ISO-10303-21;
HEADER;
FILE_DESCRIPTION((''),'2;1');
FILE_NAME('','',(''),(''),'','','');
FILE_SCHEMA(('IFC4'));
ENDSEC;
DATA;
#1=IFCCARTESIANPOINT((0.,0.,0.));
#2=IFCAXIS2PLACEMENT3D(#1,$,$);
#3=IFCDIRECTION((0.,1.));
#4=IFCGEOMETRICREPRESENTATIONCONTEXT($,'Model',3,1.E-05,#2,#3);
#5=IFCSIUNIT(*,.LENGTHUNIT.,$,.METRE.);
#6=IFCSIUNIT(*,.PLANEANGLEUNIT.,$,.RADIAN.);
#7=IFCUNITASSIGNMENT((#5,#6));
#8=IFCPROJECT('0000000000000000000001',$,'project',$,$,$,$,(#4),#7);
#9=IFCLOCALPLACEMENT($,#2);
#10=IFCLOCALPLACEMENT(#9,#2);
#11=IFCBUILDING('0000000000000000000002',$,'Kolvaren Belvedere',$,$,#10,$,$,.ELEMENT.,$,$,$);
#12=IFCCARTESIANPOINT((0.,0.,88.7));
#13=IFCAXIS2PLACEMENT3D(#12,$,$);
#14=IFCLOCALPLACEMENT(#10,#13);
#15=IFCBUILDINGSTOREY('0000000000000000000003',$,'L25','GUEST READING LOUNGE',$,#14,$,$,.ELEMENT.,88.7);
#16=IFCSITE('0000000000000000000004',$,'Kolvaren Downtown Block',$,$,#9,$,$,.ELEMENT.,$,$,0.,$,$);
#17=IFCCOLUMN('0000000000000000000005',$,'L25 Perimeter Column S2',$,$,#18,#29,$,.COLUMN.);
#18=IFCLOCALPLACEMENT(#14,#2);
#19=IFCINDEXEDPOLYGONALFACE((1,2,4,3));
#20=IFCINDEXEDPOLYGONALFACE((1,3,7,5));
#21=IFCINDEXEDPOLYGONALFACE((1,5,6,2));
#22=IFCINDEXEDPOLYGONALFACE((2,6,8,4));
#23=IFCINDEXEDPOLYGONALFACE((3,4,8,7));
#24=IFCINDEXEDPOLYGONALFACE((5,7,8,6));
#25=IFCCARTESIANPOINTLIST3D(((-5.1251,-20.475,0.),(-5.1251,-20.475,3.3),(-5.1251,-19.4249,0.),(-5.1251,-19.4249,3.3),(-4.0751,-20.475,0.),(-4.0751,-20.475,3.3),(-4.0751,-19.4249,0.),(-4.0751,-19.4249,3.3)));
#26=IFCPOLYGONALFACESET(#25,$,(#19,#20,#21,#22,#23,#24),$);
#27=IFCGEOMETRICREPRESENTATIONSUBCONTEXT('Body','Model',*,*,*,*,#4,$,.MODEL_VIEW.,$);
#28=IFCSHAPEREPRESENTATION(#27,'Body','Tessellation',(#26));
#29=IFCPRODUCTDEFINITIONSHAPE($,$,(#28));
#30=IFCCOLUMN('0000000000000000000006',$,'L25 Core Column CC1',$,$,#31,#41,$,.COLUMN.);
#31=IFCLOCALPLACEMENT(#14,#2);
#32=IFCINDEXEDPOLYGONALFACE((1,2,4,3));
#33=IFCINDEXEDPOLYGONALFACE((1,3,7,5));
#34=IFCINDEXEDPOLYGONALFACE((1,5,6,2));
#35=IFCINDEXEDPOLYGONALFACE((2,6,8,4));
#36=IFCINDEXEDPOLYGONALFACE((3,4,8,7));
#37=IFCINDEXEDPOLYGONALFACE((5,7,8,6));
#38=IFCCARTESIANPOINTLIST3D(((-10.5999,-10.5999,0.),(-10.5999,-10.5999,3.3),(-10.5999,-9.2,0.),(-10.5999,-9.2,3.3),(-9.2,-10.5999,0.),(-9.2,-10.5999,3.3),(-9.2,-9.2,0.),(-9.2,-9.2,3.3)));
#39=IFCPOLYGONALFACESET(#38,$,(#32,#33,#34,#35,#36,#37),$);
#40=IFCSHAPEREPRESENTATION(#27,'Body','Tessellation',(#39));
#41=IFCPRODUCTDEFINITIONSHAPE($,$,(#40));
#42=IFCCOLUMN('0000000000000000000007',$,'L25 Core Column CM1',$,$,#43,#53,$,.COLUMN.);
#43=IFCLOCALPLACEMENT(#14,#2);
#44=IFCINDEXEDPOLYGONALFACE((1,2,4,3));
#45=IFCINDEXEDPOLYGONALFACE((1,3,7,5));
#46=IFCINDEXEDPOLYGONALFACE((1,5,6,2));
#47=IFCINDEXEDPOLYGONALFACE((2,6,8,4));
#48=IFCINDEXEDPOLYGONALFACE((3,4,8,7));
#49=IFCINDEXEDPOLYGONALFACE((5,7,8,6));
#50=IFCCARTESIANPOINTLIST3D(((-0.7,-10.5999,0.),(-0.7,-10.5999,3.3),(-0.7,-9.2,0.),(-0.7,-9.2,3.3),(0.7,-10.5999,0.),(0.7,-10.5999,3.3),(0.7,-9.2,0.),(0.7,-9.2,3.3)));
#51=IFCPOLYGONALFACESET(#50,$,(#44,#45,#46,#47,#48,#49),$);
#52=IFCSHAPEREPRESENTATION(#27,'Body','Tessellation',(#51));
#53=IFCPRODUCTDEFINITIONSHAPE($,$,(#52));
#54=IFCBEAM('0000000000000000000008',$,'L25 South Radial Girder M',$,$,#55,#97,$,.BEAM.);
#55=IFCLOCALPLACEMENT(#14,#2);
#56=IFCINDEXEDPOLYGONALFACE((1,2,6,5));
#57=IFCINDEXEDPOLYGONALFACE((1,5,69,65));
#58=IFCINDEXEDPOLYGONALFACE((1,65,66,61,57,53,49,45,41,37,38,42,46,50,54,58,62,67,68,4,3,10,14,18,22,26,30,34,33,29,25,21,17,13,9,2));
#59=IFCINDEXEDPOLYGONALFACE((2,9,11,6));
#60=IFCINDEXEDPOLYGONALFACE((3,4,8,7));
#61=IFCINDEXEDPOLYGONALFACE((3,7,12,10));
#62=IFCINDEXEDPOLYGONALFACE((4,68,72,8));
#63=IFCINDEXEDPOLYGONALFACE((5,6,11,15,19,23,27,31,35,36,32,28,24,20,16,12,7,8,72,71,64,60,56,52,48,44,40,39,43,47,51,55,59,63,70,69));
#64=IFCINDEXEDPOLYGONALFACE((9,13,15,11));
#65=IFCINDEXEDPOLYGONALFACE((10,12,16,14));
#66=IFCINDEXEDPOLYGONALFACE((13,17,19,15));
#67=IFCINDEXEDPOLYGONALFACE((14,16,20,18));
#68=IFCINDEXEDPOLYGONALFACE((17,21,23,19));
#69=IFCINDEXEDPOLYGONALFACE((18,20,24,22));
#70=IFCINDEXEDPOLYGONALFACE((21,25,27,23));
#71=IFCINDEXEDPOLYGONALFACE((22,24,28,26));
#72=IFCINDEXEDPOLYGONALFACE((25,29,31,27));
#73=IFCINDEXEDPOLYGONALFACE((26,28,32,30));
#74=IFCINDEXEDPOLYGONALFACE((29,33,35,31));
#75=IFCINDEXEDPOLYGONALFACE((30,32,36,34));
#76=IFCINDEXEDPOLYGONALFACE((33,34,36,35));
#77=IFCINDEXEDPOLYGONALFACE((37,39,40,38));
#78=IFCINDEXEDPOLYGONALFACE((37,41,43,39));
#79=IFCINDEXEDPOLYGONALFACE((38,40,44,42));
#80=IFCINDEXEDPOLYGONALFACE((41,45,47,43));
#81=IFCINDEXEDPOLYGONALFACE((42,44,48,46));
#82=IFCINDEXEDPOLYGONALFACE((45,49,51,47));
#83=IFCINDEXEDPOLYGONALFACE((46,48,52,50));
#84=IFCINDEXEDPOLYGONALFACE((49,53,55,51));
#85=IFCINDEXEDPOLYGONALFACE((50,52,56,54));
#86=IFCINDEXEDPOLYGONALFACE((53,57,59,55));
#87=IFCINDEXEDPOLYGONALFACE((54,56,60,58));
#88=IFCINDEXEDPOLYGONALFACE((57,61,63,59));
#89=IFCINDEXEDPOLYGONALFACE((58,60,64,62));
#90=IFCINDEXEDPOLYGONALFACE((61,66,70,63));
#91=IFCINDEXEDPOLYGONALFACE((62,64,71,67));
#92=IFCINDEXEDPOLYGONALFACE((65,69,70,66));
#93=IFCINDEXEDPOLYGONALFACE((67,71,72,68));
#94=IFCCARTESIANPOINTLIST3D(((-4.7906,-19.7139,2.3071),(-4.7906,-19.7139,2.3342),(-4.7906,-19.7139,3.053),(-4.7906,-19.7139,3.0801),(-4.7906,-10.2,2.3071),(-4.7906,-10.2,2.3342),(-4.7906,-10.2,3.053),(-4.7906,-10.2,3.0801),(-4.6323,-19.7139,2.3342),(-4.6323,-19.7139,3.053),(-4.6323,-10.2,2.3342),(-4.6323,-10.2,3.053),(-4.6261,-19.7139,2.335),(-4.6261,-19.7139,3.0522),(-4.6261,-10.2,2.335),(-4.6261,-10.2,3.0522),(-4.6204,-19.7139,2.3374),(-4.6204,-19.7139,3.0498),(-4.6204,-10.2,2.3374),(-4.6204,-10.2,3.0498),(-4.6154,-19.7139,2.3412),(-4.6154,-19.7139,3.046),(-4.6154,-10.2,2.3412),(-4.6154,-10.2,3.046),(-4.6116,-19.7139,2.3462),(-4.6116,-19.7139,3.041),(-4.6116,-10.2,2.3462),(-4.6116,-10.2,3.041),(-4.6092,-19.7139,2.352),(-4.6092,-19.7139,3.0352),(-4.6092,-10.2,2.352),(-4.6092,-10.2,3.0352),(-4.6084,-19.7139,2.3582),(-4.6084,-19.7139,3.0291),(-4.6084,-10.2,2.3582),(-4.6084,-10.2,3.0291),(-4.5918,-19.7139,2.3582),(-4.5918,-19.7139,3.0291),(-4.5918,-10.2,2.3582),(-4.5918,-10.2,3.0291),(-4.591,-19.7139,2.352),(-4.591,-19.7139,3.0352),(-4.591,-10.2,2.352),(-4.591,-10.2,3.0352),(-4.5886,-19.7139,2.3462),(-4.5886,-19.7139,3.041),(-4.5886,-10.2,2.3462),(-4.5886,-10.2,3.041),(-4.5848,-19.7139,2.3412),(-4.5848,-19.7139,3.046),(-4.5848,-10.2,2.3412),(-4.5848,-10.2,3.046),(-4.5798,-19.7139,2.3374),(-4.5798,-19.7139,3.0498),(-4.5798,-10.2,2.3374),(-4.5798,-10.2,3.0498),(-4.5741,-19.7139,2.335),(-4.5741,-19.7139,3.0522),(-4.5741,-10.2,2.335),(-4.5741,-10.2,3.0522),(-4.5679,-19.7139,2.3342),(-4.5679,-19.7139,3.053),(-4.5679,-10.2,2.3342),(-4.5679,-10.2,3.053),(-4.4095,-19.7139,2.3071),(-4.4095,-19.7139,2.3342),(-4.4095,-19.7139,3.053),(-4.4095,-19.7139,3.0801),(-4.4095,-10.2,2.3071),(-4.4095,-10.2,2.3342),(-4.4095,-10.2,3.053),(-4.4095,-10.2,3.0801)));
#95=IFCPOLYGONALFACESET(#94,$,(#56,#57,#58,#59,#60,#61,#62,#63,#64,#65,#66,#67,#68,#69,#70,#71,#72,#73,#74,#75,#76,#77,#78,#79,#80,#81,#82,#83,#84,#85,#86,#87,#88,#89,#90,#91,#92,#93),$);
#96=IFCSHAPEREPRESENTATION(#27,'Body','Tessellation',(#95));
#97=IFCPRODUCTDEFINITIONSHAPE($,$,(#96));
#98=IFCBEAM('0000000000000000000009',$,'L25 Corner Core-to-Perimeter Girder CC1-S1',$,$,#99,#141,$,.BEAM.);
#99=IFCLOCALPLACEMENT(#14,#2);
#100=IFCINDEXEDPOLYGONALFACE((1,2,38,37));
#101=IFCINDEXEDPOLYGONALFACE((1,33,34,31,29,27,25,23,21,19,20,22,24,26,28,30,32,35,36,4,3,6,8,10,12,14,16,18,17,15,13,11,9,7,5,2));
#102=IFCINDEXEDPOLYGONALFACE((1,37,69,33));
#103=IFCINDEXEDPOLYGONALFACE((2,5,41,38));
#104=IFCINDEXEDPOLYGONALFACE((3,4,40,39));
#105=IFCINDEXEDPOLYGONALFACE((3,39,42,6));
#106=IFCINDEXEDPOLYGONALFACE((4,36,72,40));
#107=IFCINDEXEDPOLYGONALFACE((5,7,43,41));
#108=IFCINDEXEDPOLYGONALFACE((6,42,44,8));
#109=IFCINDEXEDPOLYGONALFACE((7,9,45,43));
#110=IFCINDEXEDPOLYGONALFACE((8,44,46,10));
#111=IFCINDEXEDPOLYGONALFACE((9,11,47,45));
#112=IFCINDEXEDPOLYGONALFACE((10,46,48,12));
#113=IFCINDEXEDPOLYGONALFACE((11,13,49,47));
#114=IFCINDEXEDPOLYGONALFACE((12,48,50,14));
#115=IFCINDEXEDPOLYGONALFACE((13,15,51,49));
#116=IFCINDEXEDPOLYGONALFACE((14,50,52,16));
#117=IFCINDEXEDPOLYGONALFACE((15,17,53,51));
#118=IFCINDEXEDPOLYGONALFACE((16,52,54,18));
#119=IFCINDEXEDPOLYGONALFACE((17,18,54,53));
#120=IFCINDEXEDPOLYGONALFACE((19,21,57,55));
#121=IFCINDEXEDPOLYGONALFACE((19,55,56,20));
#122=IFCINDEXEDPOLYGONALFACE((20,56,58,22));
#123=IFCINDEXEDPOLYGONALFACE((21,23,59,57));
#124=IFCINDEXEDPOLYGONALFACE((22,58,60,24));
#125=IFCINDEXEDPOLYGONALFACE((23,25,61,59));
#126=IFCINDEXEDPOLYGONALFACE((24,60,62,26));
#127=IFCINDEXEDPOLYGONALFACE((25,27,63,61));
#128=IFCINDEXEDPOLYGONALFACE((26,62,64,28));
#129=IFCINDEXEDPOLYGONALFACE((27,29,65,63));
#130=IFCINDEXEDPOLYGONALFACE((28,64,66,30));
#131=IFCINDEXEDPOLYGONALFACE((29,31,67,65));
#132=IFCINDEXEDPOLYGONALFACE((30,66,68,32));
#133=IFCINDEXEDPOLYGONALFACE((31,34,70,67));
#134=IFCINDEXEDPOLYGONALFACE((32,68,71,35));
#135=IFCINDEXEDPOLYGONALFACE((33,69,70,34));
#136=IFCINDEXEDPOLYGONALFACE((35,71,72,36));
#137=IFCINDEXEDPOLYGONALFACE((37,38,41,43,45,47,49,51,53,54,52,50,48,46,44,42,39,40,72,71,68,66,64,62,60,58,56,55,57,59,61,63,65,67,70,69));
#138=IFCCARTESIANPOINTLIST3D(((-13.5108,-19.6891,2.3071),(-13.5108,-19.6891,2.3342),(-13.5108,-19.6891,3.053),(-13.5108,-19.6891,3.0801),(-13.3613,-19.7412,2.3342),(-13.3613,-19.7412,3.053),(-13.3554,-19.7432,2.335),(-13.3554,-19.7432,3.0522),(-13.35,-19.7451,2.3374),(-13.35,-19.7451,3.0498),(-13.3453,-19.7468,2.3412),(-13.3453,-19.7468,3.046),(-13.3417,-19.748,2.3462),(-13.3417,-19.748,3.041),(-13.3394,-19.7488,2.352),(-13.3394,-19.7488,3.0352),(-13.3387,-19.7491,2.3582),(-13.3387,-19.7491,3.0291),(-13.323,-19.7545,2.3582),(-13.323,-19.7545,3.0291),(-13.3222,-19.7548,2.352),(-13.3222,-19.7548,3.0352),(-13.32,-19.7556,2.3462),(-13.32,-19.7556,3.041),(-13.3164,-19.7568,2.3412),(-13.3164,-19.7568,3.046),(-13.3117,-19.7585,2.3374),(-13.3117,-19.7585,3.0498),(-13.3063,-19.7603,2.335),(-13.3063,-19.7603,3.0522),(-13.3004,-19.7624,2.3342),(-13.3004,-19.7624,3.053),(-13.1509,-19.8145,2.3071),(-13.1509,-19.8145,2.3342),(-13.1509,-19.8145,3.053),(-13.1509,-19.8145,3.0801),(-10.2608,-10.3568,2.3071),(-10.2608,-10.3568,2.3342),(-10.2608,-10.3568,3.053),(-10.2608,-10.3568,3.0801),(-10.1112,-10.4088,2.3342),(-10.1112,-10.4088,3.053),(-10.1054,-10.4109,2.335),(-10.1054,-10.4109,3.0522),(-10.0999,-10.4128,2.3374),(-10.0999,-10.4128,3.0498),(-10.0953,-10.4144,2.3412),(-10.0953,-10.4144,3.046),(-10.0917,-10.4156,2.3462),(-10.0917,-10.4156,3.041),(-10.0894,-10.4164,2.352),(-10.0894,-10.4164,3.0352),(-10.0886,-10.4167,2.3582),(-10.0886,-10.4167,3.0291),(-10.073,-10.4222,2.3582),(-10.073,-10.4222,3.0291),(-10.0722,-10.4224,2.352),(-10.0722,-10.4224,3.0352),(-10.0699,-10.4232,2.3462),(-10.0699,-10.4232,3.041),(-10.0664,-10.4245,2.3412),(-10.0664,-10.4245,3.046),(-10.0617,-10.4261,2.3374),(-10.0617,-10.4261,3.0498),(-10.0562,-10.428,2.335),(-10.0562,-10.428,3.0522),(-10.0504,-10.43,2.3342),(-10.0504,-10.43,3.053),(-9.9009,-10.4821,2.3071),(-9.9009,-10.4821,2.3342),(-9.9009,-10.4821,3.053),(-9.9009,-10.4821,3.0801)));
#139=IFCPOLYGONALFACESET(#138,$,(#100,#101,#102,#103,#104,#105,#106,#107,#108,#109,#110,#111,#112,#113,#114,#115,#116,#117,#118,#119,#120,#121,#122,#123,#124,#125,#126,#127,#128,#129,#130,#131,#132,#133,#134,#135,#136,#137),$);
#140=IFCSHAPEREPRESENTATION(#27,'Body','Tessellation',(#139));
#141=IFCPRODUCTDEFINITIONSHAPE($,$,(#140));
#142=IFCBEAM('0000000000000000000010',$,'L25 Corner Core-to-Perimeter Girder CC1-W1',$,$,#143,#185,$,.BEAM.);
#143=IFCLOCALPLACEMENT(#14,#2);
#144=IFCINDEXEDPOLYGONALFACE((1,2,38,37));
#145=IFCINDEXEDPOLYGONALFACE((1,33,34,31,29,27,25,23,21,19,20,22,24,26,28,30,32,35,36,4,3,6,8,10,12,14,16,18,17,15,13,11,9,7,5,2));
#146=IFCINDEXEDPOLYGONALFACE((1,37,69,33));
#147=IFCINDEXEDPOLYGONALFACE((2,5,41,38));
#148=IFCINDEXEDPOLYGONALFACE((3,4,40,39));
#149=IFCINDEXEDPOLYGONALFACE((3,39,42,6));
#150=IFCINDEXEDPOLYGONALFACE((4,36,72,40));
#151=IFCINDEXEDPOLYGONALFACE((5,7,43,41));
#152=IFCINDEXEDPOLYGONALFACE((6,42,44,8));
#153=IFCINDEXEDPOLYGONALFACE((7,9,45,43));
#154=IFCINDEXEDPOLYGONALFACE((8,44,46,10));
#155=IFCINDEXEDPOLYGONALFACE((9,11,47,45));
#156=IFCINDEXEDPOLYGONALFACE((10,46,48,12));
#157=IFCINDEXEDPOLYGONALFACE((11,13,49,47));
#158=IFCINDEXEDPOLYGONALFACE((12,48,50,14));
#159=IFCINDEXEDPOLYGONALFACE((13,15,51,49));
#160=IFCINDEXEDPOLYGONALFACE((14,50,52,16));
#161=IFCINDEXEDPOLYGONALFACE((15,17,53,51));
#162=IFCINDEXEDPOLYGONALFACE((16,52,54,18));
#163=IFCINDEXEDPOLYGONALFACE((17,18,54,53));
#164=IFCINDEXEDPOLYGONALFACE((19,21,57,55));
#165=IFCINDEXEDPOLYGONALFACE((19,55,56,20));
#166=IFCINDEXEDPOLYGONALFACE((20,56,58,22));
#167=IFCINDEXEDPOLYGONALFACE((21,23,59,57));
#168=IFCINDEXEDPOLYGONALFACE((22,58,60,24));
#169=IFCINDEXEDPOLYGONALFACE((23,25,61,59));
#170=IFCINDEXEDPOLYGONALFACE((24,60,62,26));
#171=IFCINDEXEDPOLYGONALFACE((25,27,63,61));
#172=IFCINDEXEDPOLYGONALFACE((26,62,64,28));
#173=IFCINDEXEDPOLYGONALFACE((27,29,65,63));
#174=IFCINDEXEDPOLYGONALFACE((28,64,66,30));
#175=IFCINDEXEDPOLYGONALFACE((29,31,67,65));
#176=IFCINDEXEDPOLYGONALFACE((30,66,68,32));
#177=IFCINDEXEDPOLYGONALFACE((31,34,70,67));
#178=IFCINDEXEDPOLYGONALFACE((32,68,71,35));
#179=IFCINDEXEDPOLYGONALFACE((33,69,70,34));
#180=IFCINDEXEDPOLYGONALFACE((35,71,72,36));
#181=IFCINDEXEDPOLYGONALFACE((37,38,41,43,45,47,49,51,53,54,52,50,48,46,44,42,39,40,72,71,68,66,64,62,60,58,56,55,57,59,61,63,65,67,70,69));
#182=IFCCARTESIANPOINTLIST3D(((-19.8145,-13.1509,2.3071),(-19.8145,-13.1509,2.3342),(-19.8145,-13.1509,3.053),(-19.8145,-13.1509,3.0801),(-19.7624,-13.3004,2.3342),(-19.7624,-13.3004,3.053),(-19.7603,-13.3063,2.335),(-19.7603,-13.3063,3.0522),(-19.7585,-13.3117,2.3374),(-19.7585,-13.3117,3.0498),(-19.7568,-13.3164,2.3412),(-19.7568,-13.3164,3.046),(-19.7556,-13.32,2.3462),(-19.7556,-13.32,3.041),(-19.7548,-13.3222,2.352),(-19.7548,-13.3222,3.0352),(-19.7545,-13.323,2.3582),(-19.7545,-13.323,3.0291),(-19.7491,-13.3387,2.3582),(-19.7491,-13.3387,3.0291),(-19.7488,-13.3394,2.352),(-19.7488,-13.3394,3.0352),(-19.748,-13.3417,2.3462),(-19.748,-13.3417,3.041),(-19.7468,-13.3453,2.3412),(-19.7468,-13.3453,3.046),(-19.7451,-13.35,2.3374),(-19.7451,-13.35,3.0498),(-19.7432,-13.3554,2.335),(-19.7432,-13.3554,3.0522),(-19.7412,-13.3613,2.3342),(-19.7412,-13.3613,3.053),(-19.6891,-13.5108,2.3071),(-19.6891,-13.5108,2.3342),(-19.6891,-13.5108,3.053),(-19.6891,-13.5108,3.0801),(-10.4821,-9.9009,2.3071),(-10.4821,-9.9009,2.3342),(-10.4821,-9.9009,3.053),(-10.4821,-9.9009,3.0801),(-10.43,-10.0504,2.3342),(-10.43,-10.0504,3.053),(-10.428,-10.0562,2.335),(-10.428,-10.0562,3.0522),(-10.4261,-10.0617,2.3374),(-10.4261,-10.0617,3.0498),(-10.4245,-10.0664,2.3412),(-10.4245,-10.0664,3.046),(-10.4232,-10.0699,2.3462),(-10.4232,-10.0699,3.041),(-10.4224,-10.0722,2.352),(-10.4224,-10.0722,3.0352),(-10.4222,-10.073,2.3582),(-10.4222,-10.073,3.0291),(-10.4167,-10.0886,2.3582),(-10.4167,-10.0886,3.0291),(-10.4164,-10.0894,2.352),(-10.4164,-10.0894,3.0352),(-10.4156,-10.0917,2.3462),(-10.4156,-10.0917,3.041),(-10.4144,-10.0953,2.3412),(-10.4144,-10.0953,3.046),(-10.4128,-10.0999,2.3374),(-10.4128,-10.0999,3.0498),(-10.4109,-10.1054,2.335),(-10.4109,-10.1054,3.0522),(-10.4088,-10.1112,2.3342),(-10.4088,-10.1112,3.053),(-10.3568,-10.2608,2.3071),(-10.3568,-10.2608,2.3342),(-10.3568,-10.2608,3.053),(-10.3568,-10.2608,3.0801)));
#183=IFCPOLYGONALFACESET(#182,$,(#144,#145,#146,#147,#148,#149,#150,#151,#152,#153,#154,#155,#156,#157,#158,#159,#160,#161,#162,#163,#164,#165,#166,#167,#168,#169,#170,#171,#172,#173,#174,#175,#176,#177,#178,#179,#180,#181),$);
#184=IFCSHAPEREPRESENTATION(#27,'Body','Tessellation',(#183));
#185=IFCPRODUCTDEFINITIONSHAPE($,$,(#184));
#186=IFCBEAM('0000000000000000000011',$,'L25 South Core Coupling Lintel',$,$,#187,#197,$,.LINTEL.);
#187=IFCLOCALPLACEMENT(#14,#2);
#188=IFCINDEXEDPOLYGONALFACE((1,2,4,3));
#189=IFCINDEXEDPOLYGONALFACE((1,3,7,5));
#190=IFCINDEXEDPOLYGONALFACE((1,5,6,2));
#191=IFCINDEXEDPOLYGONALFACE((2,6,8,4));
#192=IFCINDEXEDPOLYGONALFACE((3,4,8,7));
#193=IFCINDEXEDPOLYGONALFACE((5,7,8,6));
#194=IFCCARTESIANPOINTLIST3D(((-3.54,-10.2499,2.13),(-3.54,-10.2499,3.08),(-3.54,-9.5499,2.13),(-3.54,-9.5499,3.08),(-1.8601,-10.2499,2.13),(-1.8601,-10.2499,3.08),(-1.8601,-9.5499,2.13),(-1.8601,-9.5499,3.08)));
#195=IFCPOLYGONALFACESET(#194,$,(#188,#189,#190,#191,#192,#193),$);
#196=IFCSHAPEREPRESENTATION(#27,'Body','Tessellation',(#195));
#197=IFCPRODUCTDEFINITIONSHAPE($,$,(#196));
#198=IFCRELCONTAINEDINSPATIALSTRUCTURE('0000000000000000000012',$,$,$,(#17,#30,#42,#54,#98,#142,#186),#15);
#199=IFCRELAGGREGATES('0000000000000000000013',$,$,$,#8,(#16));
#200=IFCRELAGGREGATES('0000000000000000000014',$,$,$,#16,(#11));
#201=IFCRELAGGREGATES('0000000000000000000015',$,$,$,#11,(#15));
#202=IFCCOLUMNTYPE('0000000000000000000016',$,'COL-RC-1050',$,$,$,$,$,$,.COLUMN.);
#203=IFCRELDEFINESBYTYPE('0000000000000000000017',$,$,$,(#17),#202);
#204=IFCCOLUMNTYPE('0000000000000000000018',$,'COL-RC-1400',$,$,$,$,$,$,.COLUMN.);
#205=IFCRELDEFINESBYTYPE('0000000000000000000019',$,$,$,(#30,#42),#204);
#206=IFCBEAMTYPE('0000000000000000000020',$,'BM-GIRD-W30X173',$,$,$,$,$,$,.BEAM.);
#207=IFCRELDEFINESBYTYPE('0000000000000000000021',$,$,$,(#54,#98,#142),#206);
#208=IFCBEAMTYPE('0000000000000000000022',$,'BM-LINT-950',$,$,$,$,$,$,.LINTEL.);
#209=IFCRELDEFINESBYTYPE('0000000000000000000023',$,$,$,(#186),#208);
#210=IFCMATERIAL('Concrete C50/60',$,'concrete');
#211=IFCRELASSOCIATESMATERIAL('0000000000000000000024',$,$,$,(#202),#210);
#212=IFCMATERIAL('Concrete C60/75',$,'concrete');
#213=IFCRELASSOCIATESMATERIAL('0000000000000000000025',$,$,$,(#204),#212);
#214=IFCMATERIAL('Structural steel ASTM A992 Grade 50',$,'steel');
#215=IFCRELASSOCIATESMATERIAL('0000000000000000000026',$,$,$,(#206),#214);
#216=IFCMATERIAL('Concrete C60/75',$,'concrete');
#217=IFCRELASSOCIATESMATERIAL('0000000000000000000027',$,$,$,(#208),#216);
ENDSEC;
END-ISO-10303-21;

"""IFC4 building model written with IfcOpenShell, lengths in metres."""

from ifc_helpers import new_model, si_unit, direction, frame, origin, origin_2d, place, context, subcontext, project, spatial, rectangle, i_section, extrude, material, material_profile, profile_set, type_object, element, save


model = new_model("IFC4")

# Units and contexts
model_context = context("Model", 3, precision=1e-05, world=origin(), true_north=direction((0.0, 1.0)))
body_context = subcontext(model_context, "Body", "Model", "MODEL_VIEW")
ifc_project = project(units=[si_unit("LENGTHUNIT", "METRE"), si_unit("PLANEANGLEUNIT", "RADIAN")], contexts=[model_context])

# Site, building, storey
site_placement = place(None, origin())
site = spatial("IfcSite", under=ifc_project, at=site_placement, Name="Kolvaren Downtown Block", CompositionType="ELEMENT", RefElevation=0.0)
building_placement = place(site_placement, origin())
building = spatial("IfcBuilding", under=site, at=building_placement, Name="Kolvaren Belvedere", CompositionType="ELEMENT")
storey_placement = place(building_placement, frame((0.0, 0.0, 88.7)))
storey = spatial("IfcBuildingStorey", under=building, at=storey_placement, Name="L25", Description="GUEST READING LOUNGE", CompositionType="ELEMENT", Elevation=88.7)

# Columns
ifc_material_1 = material(Name="Concrete C50/60", Category="concrete")
ifc_material_profile_1 = material_profile(ifc_material_1, rectangle(XDim=1.05, YDim=1.05, at=origin_2d()), Name="RC 1050X1050")
ifc_profile_set_1 = profile_set([ifc_material_profile_1], Name="Concrete C50/60")
column_type_1 = type_object("IfcColumnType", Name="COL-RC-1050", PredefinedType="COLUMN", material=ifc_profile_set_1)
column_placement = place(storey_placement, frame((-4.6001, -19.95, 0.0), z_axis=(0.0, 0.0, 1.0), x_axis=(1.0, 0.0, 0.0)))
element("IfcColumn", 1, at=column_placement, inside=storey, type_object=column_type_1, Name="L25 Perimeter Column S2", PredefinedType="COLUMN", context=body_context, shape_type="SweptSolid", body=[
    extrude(rectangle(XDim=1.05, YDim=1.05, at=origin_2d()), origin(), (0.0, 0.0, 1.0), 3.3),
])
ifc_material_2 = material(Name="Concrete C60/75", Category="concrete")
ifc_material_profile_2 = material_profile(ifc_material_2, rectangle(XDim=1.3999, YDim=1.3999, at=origin_2d()), Name="RC 1400X1400")
ifc_profile_set_2 = profile_set([ifc_material_profile_2], Name="Concrete C60/75")
column_type_2 = type_object("IfcColumnType", Name="COL-RC-1400", PredefinedType="COLUMN", material=ifc_profile_set_2)
for number, where, z_axis, x_axis, name in (
    (2, (-9.8999, -9.8999, 0.0), (0.0, 0.0, 1.0), (1.0, 0.0, 0.0), "L25 Core Column CC1"),
    (3, (0.0, -9.8999, 0.0), (0.0, 0.0, 1.0), (1.0, 0.0, 0.0), "L25 Core Column CM1"),
):
    element("IfcColumn", number, at=place(storey_placement, frame(where, z_axis=z_axis, x_axis=x_axis)), inside=storey, type_object=column_type_2, Name=name, PredefinedType="COLUMN", context=body_context, shape_type="SweptSolid", body=[
        extrude(rectangle(XDim=1.3999, YDim=1.3999, at=origin_2d()), origin(), (0.0, 0.0, 1.0), 3.3),
    ])

# Beams
ifc_material_3 = material(Name="Structural steel ASTM A992 Grade 50", Category="steel")
ifc_material_profile_3 = material_profile(ifc_material_3, i_section(OverallWidth=0.3811, OverallDepth=0.7729, WebThickness=0.0166, FlangeThickness=0.0271, FilletRadius=0.0239, at=origin_2d()), Name="W30X173")
ifc_profile_set_3 = profile_set([ifc_material_profile_3], Name="Structural steel ASTM A992 Grade 50")
beam_type_1 = type_object("IfcBeamType", Name="BM-GIRD-W30X173", PredefinedType="BEAM", material=ifc_profile_set_3)
beam_1_placement = place(storey_placement, frame((-4.6001, -10.2, 2.6936), z_axis=(0.0, -1.0, 0.0), x_axis=(1.0, 0.0, 0.0)))
element("IfcBeam", 4, at=beam_1_placement, inside=storey, type_object=beam_type_1, Name="L25 South Radial Girder M", PredefinedType="BEAM", context=body_context, shape_type="SweptSolid", body=[
    extrude(i_section(OverallWidth=0.3811, OverallDepth=0.7729, WebThickness=0.0166, FlangeThickness=0.0271, FilletRadius=0.0239, at=origin_2d()), origin(), (0.0, 0.0, 1.0), 9.5139),
])
for number, where, z_axis, x_axis, name in (
    (5, (-10.0808, -10.4194, 2.6936), (-0.328881, -0.944371, 0.0), (0.944371, -0.328881, 0.0), "L25 Corner Core-to-Perimeter Girder CC1-S1"),
    (6, (-10.4194, -10.0808, 2.6936), (-0.944371, -0.328881, 0.0), (0.328881, -0.944371, 0.0), "L25 Corner Core-to-Perimeter Girder CC1-W1"),
):
    element("IfcBeam", number, at=place(storey_placement, frame(where, z_axis=z_axis, x_axis=x_axis)), inside=storey, type_object=beam_type_1, Name=name, PredefinedType="BEAM", context=body_context, shape_type="SweptSolid", body=[
        extrude(i_section(OverallWidth=0.3811, OverallDepth=0.7729, WebThickness=0.0166, FlangeThickness=0.0271, FilletRadius=0.0239, at=origin_2d()), origin(), (0.0, 0.0, 1.0), 9.8821),
    ])
ifc_material_4 = material(Name="Concrete C60/75", Category="concrete")
ifc_material_profile_4 = material_profile(ifc_material_4, rectangle(XDim=0.7, YDim=0.95, at=origin_2d()), Name="RC 700X950")
ifc_profile_set_4 = profile_set([ifc_material_profile_4], Name="Concrete C60/75")
beam_type_2 = type_object("IfcBeamType", Name="BM-LINT-950", PredefinedType="LINTEL", material=ifc_profile_set_4)
beam_2_placement = place(storey_placement, frame((-3.54, -9.8999, 2.605), z_axis=(1.0, 0.0, 0.0), x_axis=(0.0, 1.0, 0.0)))
element("IfcBeam", 7, at=beam_2_placement, inside=storey, type_object=beam_type_2, Name="L25 South Core Coupling Lintel", PredefinedType="LINTEL", context=body_context, shape_type="SweptSolid", body=[
    extrude(rectangle(XDim=0.7, YDim=0.95, at=origin_2d()), origin(), (0.0, 0.0, 1.0), 1.6799),
])

save(model, "model.ifc")
